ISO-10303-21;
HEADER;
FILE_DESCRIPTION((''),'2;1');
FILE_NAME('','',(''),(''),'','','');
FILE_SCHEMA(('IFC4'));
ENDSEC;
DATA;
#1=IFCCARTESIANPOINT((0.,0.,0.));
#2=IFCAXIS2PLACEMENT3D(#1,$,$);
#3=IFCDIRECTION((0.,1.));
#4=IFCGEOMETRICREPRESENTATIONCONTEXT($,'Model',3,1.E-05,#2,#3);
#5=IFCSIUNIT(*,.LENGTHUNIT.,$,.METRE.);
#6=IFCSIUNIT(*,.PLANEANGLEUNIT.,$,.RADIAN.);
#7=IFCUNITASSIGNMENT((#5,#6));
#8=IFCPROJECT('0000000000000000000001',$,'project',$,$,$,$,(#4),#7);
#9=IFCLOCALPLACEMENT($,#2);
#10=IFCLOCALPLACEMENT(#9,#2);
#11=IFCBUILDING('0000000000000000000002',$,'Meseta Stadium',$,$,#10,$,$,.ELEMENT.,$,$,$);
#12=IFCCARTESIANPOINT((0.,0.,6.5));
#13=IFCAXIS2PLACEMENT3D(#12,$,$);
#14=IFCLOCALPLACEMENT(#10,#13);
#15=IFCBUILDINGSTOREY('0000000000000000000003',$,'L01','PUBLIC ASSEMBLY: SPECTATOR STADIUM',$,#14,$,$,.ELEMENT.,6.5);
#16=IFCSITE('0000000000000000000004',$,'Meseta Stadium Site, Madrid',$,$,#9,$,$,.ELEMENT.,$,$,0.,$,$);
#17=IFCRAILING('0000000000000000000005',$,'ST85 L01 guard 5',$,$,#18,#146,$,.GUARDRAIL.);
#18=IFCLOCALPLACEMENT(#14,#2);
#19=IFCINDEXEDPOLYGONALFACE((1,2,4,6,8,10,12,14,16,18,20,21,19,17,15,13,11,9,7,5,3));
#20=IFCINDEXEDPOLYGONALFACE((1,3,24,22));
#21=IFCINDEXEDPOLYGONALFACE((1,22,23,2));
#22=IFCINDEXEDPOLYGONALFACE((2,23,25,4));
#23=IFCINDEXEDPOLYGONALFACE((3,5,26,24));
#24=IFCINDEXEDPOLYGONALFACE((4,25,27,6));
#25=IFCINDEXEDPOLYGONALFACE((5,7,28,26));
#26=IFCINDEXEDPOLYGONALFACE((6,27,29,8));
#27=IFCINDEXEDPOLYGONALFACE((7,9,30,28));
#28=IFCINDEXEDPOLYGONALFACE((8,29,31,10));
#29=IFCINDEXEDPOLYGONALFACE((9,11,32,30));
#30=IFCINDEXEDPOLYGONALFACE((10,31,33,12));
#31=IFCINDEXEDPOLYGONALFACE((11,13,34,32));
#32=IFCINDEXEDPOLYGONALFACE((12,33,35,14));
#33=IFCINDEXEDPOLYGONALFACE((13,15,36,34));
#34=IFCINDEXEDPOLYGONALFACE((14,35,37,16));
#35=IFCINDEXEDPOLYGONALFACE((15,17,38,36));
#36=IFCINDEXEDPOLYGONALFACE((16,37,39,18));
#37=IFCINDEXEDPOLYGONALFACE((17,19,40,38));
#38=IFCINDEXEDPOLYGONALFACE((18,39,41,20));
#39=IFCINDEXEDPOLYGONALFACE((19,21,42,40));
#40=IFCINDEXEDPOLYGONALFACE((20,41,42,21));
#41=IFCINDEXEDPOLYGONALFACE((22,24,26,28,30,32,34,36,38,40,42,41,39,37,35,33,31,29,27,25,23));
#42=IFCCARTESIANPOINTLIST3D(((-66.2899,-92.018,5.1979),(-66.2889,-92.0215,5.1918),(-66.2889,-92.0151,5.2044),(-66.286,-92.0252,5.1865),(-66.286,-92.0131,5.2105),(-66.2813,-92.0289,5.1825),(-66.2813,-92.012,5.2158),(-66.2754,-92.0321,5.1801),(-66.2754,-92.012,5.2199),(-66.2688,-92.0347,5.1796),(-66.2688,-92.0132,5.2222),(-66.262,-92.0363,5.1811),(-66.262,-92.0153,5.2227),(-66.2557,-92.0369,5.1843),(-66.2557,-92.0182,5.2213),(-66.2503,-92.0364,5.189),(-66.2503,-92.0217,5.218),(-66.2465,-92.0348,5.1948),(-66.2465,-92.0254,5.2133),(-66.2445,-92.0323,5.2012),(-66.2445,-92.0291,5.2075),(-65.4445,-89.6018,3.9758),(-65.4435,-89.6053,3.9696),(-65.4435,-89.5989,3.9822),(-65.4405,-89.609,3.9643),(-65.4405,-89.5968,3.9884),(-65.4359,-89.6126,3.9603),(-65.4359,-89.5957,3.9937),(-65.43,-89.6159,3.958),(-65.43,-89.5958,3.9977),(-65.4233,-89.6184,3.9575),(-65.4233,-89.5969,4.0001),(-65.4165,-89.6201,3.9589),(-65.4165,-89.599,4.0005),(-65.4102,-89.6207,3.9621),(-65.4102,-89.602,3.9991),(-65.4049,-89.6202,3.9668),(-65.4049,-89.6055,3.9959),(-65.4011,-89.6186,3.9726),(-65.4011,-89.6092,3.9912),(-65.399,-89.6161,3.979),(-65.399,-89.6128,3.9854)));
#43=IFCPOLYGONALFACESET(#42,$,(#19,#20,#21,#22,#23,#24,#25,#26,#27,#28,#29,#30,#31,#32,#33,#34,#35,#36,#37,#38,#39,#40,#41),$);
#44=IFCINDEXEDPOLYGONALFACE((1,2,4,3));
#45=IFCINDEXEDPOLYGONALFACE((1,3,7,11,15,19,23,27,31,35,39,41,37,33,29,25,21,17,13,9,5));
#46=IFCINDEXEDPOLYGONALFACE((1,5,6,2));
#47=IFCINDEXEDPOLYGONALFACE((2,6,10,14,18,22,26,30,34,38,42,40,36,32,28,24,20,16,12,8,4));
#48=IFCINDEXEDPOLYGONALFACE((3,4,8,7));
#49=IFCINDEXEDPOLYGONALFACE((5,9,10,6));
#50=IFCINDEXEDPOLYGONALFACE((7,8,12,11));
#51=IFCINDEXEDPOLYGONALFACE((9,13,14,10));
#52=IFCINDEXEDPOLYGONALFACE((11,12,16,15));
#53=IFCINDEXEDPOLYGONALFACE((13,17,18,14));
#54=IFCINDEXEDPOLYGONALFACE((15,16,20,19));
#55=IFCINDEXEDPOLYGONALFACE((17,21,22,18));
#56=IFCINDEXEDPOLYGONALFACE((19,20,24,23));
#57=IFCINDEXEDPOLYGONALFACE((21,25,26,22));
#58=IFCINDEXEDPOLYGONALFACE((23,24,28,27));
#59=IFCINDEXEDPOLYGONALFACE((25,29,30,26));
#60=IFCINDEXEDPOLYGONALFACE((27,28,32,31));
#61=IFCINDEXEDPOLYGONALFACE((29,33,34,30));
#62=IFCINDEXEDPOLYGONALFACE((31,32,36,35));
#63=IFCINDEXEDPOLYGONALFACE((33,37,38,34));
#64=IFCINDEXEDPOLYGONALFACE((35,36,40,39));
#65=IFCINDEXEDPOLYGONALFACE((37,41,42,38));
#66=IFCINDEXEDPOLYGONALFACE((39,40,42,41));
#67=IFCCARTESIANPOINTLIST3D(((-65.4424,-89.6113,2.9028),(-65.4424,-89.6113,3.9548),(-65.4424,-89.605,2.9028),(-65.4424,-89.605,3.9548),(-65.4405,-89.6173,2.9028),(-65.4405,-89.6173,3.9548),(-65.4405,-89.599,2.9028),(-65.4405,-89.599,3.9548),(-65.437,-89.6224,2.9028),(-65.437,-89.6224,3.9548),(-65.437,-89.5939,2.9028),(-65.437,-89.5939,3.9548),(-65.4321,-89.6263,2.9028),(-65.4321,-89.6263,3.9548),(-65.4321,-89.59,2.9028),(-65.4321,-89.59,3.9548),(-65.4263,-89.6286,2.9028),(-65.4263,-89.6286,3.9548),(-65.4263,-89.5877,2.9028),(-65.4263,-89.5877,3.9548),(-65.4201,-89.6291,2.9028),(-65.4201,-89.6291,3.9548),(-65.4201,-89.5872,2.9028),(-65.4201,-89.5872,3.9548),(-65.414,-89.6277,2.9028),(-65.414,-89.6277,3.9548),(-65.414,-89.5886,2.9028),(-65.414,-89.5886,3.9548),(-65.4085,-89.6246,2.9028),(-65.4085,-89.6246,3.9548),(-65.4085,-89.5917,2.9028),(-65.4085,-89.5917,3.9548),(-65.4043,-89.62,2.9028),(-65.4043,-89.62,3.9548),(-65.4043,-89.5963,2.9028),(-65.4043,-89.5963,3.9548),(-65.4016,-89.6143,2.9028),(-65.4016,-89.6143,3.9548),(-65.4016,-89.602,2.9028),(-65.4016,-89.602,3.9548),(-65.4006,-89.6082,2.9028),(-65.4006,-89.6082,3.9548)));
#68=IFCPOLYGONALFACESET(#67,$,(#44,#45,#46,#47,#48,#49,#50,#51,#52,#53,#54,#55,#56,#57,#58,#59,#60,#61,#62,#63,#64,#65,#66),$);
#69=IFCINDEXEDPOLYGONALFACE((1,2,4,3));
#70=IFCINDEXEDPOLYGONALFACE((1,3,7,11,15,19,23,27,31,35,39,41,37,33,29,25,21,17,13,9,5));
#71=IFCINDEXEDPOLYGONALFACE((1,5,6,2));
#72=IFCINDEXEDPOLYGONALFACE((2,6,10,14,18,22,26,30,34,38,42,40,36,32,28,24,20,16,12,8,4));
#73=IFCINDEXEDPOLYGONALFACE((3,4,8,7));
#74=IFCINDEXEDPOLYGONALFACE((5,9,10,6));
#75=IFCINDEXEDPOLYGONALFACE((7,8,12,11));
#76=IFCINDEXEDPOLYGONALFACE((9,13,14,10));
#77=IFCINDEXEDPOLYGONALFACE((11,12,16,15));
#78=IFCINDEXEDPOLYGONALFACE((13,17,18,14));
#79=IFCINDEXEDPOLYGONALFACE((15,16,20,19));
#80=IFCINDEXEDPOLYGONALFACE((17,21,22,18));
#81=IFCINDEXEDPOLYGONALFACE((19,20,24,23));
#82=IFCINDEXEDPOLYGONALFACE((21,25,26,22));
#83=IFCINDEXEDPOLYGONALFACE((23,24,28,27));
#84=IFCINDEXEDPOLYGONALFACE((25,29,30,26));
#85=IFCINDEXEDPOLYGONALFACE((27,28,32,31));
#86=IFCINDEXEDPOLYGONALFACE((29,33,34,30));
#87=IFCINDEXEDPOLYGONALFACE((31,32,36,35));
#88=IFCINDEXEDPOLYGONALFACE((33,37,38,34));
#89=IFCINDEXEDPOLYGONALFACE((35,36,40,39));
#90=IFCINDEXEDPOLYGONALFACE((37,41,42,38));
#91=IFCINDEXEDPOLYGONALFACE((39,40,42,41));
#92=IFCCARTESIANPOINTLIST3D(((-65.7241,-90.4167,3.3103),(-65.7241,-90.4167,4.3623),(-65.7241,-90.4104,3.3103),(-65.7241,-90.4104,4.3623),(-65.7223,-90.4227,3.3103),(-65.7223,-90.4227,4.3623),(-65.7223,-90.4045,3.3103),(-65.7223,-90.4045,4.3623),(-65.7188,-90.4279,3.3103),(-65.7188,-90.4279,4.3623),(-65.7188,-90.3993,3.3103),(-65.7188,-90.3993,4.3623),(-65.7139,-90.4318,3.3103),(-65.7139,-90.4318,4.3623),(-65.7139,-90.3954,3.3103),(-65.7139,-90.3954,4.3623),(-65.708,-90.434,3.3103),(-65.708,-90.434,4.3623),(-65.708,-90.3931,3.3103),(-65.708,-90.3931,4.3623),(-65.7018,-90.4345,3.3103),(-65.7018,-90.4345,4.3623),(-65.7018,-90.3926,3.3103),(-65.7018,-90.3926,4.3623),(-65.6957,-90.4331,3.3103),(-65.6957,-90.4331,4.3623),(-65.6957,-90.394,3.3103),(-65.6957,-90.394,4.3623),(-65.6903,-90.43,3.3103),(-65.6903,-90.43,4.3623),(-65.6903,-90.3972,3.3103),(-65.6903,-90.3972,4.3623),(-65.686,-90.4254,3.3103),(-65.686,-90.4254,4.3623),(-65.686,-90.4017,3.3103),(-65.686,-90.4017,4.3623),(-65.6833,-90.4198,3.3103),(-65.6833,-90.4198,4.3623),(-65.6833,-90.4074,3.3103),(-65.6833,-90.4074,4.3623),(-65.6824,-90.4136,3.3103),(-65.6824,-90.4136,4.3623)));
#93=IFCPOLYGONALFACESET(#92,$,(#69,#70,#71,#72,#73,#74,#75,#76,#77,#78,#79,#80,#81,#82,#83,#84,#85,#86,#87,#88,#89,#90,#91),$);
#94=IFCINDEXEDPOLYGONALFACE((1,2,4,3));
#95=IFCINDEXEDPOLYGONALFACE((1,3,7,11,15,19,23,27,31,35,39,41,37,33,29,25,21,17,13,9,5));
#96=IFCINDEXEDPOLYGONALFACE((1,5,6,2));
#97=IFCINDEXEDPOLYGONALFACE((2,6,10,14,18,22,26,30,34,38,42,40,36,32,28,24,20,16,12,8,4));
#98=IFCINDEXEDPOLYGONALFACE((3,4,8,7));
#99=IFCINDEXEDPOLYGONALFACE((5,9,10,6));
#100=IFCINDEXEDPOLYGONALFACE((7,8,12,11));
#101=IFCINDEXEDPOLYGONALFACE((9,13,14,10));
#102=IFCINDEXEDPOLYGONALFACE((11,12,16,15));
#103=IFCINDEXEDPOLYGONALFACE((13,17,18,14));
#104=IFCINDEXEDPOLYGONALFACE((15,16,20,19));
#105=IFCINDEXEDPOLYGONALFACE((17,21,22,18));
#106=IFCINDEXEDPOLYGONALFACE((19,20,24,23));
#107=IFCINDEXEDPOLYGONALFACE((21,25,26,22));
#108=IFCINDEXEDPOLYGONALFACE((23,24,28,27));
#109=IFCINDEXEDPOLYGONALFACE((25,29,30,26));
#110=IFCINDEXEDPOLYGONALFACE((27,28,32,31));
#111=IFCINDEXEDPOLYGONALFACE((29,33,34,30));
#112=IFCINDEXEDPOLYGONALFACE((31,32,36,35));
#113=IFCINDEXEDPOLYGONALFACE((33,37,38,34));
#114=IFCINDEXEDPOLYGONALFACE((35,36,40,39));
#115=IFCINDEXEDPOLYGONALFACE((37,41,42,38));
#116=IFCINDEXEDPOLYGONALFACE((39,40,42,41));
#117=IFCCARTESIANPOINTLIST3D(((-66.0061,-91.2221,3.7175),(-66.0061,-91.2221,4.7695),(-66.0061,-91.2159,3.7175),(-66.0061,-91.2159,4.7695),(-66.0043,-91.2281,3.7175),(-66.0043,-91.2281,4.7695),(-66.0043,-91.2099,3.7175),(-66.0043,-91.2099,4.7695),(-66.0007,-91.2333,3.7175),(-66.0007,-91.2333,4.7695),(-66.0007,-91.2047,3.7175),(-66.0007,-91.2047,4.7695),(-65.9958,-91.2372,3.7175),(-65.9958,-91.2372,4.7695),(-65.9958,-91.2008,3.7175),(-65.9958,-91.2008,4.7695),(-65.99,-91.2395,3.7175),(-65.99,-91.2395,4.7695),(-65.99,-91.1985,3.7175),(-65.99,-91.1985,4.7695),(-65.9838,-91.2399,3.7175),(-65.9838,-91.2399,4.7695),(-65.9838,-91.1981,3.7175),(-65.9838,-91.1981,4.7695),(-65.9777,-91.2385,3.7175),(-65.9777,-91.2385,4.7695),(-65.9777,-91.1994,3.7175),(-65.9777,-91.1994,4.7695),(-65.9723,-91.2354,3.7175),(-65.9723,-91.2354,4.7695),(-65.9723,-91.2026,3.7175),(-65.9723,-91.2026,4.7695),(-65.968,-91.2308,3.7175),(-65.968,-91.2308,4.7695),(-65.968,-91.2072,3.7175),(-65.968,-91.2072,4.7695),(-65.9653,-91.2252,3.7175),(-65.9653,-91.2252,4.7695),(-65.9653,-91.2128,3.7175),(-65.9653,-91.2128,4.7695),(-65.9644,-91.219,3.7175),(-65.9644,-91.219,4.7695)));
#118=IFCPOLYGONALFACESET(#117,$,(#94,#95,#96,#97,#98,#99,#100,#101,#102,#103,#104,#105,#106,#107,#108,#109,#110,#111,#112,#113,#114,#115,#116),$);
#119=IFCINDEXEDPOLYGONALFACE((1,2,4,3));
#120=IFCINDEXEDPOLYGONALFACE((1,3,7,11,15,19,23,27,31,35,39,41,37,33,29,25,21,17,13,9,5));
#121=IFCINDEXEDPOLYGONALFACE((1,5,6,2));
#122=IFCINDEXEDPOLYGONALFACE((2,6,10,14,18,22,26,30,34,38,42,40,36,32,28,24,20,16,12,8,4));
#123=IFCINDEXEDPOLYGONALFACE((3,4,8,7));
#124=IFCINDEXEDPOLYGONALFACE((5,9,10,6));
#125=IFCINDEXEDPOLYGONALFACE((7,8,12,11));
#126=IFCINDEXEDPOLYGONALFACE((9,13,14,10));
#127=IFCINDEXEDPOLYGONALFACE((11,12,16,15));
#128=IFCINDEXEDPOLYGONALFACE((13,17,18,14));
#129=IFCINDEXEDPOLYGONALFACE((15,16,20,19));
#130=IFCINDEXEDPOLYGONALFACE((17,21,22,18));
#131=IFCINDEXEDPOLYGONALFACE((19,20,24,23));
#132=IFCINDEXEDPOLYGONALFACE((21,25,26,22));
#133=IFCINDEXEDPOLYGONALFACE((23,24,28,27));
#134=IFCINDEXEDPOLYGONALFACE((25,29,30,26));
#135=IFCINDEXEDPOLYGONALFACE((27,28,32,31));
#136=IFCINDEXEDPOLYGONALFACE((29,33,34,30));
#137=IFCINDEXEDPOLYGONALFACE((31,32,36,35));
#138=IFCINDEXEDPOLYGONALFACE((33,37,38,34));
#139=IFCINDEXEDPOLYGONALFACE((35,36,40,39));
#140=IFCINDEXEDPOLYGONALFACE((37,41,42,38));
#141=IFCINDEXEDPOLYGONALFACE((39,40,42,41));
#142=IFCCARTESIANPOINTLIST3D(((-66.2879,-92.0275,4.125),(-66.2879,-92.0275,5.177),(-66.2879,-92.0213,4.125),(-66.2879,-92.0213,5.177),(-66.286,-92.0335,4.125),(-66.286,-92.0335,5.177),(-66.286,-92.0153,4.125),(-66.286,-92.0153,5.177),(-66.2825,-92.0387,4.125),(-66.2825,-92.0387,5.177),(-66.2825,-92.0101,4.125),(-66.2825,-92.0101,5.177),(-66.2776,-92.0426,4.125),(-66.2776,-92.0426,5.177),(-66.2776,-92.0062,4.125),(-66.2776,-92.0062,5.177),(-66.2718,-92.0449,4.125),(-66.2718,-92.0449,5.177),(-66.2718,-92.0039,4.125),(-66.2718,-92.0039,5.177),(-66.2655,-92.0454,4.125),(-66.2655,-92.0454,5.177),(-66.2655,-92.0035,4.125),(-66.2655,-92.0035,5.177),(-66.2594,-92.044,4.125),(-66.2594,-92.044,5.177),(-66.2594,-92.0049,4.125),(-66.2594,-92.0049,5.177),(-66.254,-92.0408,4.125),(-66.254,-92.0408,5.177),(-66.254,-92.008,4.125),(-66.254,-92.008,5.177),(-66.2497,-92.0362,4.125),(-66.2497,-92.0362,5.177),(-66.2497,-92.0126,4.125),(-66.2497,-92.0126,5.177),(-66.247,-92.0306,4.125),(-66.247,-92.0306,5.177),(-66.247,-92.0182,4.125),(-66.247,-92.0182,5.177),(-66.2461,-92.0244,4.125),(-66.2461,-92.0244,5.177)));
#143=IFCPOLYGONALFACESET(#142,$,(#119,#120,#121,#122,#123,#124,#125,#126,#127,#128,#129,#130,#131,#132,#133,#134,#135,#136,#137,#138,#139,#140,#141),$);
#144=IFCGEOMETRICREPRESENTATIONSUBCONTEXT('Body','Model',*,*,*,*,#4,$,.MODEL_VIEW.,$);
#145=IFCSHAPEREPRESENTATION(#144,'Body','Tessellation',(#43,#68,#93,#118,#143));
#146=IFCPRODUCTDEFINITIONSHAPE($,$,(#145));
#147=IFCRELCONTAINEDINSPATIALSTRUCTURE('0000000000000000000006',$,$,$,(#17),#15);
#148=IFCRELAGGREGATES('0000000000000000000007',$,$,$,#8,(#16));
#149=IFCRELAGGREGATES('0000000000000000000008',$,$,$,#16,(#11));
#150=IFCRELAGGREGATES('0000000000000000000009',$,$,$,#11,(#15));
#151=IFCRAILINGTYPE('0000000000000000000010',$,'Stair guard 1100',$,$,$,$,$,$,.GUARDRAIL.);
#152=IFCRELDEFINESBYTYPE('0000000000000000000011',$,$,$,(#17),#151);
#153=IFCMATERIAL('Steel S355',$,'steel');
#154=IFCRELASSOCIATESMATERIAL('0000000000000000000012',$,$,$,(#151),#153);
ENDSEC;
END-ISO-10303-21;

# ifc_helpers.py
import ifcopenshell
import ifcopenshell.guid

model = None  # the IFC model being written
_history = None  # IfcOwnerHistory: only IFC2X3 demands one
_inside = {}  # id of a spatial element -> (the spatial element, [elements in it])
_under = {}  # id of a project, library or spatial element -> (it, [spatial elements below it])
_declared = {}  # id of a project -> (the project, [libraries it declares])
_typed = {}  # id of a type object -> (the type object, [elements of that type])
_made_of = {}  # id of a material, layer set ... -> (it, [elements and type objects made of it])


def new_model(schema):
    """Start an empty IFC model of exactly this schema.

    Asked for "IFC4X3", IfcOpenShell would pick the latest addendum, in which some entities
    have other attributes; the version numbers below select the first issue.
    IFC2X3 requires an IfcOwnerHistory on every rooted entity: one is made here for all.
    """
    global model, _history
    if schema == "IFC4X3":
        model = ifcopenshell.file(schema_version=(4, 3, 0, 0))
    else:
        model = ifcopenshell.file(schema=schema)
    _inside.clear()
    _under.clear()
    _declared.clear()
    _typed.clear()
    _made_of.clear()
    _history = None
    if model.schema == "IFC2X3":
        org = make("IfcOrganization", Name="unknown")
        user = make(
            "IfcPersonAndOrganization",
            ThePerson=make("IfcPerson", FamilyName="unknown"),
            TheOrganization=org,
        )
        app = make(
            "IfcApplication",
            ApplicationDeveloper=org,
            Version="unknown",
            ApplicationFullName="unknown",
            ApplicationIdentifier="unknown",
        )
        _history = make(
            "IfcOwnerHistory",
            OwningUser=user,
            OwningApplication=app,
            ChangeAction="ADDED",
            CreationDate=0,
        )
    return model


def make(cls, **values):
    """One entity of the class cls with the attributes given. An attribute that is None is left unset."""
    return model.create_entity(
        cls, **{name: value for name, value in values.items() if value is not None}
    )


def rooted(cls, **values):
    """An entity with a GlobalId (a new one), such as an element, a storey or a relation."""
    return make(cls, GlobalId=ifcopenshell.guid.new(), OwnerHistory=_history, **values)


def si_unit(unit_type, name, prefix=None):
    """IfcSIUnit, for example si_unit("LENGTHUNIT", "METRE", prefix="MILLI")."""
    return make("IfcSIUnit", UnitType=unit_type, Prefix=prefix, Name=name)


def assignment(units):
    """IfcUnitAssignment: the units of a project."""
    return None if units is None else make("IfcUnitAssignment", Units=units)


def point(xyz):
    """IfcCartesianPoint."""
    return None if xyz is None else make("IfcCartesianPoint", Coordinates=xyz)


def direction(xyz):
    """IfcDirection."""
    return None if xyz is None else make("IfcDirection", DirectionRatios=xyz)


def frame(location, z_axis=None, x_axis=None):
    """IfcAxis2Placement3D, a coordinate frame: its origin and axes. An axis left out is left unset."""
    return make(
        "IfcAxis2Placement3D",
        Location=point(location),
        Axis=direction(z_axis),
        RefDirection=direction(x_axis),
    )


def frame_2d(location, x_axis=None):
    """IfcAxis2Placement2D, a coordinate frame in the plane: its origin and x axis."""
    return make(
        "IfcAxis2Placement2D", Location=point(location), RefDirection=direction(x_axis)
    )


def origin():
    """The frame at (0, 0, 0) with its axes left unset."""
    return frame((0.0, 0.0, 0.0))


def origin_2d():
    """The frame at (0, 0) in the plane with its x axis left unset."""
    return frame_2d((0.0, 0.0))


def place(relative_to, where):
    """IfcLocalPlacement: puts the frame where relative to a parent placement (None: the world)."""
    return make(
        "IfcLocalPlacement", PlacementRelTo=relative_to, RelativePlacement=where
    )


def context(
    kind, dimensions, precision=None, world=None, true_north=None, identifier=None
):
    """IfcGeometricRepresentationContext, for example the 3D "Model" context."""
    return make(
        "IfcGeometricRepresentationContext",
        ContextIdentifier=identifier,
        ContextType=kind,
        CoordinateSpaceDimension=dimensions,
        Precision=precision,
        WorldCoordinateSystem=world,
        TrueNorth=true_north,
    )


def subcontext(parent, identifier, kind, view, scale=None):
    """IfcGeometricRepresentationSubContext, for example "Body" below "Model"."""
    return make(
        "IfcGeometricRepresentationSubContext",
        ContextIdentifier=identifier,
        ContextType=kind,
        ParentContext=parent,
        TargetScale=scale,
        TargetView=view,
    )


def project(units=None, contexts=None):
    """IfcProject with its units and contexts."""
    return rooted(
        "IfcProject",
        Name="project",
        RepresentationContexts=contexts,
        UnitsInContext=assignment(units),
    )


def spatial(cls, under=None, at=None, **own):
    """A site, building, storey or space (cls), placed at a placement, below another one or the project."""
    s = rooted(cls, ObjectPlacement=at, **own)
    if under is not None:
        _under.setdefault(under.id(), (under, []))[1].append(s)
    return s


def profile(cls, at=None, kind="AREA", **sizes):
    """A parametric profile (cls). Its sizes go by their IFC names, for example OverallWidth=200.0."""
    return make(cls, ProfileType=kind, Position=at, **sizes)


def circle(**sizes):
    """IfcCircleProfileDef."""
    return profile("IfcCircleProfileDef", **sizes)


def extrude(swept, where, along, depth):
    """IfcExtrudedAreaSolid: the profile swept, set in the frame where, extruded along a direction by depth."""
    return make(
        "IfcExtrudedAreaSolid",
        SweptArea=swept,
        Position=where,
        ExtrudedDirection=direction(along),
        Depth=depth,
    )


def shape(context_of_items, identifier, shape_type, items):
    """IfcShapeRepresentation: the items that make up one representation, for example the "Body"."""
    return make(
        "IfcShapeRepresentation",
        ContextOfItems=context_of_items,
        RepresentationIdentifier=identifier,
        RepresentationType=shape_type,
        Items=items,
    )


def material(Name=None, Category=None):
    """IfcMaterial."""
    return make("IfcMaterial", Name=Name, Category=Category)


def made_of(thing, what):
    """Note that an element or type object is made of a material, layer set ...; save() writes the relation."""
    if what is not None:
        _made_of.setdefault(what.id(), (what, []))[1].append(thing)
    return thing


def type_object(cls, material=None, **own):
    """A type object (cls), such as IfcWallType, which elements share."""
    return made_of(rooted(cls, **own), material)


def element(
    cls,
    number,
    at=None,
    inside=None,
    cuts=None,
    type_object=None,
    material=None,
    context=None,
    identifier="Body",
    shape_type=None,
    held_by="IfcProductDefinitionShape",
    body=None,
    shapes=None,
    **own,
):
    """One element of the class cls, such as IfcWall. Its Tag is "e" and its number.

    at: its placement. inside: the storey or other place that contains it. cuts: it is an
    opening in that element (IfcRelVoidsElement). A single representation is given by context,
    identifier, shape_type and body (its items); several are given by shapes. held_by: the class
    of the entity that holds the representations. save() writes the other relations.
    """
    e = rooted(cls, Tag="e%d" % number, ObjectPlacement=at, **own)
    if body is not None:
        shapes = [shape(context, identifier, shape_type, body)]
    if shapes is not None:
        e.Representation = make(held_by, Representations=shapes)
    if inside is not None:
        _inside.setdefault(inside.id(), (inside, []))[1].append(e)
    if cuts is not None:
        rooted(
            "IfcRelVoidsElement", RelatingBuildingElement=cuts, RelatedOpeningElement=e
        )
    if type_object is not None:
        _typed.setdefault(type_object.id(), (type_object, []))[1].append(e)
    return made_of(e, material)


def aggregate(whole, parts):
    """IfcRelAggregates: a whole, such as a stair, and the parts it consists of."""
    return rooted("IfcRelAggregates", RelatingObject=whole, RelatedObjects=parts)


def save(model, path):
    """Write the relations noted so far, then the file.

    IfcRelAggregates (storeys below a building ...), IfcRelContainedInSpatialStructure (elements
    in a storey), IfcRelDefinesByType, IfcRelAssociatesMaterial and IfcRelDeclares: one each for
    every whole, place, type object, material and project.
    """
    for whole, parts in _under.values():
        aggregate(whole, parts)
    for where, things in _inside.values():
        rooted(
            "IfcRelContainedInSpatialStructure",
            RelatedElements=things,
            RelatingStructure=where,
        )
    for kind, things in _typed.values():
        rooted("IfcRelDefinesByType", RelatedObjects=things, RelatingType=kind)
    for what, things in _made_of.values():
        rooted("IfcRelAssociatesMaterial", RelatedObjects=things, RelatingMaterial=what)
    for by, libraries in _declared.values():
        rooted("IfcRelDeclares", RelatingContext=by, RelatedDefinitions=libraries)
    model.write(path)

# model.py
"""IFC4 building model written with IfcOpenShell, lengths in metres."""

from ifc_helpers import new_model, si_unit, direction, frame, origin, origin_2d, place, context, subcontext, project, spatial, circle, extrude, material, type_object, element, save


model = new_model("IFC4")

# Units and contexts
model_context = context("Model", 3, precision=1e-05, world=origin(), true_north=direction((0.0, 1.0)))
body_context = subcontext(model_context, "Body", "Model", "MODEL_VIEW")
ifc_project = project(units=[si_unit("LENGTHUNIT", "METRE"), si_unit("PLANEANGLEUNIT", "RADIAN")], contexts=[model_context])

# Site, building, storey
site_placement = place(None, origin())
site = spatial("IfcSite", under=ifc_project, at=site_placement, Name="Meseta Stadium Site, Madrid", CompositionType="ELEMENT", RefElevation=0.0)
building_placement = place(site_placement, origin())
building = spatial("IfcBuilding", under=site, at=building_placement, Name="Meseta Stadium", CompositionType="ELEMENT")
storey_placement = place(building_placement, frame((0.0, 0.0, 6.5)))
storey = spatial("IfcBuildingStorey", under=building, at=storey_placement, Name="L01", Description="PUBLIC ASSEMBLY: SPECTATOR STADIUM", CompositionType="ELEMENT", Elevation=6.5)

# Railing
ifc_material_1 = material(Name="Steel S355", Category="steel")
railing_type_1 = type_object("IfcRailingType", Name="Stair guard 1100", PredefinedType="GUARDRAIL", material=ifc_material_1)
railing_1_placement = place(storey_placement, frame((-65.4216, -89.6082, 2.9028)))
element("IfcRailing", 1, at=railing_1_placement, inside=storey, type_object=railing_type_1, Name="ST85 L01 guard 5", PredefinedType="GUARDRAIL", context=body_context, shape_type="SweptSolid", body=[
    extrude(circle(Radius=0.0239, at=origin_2d()), frame((0.0, 0.0, 1.0762), z_axis=(-0.298044, -0.851789, 0.430843), x_axis=(0.943887, -0.33027, 0.0)), (0.0, 0.0, 1.0), 2.8367),
    extrude(circle(Radius=0.021, at=origin_2d()), origin(), (0.0, 0.0, 1.0), 1.052),
    extrude(circle(Radius=0.021, at=origin_2d()), frame((-0.2817, -0.8054, 0.4075)), (0.0, 0.0, 1.0), 1.052),
    extrude(circle(Radius=0.021, at=origin_2d()), frame((-0.5637, -1.6108, 0.8147)), (0.0, 0.0, 1.0), 1.052),
    extrude(circle(Radius=0.021, at=origin_2d()), frame((-0.8455, -2.4163, 1.2222)), (0.0, 0.0, 1.0), 1.052),
])

save(model, "model.ifc")
